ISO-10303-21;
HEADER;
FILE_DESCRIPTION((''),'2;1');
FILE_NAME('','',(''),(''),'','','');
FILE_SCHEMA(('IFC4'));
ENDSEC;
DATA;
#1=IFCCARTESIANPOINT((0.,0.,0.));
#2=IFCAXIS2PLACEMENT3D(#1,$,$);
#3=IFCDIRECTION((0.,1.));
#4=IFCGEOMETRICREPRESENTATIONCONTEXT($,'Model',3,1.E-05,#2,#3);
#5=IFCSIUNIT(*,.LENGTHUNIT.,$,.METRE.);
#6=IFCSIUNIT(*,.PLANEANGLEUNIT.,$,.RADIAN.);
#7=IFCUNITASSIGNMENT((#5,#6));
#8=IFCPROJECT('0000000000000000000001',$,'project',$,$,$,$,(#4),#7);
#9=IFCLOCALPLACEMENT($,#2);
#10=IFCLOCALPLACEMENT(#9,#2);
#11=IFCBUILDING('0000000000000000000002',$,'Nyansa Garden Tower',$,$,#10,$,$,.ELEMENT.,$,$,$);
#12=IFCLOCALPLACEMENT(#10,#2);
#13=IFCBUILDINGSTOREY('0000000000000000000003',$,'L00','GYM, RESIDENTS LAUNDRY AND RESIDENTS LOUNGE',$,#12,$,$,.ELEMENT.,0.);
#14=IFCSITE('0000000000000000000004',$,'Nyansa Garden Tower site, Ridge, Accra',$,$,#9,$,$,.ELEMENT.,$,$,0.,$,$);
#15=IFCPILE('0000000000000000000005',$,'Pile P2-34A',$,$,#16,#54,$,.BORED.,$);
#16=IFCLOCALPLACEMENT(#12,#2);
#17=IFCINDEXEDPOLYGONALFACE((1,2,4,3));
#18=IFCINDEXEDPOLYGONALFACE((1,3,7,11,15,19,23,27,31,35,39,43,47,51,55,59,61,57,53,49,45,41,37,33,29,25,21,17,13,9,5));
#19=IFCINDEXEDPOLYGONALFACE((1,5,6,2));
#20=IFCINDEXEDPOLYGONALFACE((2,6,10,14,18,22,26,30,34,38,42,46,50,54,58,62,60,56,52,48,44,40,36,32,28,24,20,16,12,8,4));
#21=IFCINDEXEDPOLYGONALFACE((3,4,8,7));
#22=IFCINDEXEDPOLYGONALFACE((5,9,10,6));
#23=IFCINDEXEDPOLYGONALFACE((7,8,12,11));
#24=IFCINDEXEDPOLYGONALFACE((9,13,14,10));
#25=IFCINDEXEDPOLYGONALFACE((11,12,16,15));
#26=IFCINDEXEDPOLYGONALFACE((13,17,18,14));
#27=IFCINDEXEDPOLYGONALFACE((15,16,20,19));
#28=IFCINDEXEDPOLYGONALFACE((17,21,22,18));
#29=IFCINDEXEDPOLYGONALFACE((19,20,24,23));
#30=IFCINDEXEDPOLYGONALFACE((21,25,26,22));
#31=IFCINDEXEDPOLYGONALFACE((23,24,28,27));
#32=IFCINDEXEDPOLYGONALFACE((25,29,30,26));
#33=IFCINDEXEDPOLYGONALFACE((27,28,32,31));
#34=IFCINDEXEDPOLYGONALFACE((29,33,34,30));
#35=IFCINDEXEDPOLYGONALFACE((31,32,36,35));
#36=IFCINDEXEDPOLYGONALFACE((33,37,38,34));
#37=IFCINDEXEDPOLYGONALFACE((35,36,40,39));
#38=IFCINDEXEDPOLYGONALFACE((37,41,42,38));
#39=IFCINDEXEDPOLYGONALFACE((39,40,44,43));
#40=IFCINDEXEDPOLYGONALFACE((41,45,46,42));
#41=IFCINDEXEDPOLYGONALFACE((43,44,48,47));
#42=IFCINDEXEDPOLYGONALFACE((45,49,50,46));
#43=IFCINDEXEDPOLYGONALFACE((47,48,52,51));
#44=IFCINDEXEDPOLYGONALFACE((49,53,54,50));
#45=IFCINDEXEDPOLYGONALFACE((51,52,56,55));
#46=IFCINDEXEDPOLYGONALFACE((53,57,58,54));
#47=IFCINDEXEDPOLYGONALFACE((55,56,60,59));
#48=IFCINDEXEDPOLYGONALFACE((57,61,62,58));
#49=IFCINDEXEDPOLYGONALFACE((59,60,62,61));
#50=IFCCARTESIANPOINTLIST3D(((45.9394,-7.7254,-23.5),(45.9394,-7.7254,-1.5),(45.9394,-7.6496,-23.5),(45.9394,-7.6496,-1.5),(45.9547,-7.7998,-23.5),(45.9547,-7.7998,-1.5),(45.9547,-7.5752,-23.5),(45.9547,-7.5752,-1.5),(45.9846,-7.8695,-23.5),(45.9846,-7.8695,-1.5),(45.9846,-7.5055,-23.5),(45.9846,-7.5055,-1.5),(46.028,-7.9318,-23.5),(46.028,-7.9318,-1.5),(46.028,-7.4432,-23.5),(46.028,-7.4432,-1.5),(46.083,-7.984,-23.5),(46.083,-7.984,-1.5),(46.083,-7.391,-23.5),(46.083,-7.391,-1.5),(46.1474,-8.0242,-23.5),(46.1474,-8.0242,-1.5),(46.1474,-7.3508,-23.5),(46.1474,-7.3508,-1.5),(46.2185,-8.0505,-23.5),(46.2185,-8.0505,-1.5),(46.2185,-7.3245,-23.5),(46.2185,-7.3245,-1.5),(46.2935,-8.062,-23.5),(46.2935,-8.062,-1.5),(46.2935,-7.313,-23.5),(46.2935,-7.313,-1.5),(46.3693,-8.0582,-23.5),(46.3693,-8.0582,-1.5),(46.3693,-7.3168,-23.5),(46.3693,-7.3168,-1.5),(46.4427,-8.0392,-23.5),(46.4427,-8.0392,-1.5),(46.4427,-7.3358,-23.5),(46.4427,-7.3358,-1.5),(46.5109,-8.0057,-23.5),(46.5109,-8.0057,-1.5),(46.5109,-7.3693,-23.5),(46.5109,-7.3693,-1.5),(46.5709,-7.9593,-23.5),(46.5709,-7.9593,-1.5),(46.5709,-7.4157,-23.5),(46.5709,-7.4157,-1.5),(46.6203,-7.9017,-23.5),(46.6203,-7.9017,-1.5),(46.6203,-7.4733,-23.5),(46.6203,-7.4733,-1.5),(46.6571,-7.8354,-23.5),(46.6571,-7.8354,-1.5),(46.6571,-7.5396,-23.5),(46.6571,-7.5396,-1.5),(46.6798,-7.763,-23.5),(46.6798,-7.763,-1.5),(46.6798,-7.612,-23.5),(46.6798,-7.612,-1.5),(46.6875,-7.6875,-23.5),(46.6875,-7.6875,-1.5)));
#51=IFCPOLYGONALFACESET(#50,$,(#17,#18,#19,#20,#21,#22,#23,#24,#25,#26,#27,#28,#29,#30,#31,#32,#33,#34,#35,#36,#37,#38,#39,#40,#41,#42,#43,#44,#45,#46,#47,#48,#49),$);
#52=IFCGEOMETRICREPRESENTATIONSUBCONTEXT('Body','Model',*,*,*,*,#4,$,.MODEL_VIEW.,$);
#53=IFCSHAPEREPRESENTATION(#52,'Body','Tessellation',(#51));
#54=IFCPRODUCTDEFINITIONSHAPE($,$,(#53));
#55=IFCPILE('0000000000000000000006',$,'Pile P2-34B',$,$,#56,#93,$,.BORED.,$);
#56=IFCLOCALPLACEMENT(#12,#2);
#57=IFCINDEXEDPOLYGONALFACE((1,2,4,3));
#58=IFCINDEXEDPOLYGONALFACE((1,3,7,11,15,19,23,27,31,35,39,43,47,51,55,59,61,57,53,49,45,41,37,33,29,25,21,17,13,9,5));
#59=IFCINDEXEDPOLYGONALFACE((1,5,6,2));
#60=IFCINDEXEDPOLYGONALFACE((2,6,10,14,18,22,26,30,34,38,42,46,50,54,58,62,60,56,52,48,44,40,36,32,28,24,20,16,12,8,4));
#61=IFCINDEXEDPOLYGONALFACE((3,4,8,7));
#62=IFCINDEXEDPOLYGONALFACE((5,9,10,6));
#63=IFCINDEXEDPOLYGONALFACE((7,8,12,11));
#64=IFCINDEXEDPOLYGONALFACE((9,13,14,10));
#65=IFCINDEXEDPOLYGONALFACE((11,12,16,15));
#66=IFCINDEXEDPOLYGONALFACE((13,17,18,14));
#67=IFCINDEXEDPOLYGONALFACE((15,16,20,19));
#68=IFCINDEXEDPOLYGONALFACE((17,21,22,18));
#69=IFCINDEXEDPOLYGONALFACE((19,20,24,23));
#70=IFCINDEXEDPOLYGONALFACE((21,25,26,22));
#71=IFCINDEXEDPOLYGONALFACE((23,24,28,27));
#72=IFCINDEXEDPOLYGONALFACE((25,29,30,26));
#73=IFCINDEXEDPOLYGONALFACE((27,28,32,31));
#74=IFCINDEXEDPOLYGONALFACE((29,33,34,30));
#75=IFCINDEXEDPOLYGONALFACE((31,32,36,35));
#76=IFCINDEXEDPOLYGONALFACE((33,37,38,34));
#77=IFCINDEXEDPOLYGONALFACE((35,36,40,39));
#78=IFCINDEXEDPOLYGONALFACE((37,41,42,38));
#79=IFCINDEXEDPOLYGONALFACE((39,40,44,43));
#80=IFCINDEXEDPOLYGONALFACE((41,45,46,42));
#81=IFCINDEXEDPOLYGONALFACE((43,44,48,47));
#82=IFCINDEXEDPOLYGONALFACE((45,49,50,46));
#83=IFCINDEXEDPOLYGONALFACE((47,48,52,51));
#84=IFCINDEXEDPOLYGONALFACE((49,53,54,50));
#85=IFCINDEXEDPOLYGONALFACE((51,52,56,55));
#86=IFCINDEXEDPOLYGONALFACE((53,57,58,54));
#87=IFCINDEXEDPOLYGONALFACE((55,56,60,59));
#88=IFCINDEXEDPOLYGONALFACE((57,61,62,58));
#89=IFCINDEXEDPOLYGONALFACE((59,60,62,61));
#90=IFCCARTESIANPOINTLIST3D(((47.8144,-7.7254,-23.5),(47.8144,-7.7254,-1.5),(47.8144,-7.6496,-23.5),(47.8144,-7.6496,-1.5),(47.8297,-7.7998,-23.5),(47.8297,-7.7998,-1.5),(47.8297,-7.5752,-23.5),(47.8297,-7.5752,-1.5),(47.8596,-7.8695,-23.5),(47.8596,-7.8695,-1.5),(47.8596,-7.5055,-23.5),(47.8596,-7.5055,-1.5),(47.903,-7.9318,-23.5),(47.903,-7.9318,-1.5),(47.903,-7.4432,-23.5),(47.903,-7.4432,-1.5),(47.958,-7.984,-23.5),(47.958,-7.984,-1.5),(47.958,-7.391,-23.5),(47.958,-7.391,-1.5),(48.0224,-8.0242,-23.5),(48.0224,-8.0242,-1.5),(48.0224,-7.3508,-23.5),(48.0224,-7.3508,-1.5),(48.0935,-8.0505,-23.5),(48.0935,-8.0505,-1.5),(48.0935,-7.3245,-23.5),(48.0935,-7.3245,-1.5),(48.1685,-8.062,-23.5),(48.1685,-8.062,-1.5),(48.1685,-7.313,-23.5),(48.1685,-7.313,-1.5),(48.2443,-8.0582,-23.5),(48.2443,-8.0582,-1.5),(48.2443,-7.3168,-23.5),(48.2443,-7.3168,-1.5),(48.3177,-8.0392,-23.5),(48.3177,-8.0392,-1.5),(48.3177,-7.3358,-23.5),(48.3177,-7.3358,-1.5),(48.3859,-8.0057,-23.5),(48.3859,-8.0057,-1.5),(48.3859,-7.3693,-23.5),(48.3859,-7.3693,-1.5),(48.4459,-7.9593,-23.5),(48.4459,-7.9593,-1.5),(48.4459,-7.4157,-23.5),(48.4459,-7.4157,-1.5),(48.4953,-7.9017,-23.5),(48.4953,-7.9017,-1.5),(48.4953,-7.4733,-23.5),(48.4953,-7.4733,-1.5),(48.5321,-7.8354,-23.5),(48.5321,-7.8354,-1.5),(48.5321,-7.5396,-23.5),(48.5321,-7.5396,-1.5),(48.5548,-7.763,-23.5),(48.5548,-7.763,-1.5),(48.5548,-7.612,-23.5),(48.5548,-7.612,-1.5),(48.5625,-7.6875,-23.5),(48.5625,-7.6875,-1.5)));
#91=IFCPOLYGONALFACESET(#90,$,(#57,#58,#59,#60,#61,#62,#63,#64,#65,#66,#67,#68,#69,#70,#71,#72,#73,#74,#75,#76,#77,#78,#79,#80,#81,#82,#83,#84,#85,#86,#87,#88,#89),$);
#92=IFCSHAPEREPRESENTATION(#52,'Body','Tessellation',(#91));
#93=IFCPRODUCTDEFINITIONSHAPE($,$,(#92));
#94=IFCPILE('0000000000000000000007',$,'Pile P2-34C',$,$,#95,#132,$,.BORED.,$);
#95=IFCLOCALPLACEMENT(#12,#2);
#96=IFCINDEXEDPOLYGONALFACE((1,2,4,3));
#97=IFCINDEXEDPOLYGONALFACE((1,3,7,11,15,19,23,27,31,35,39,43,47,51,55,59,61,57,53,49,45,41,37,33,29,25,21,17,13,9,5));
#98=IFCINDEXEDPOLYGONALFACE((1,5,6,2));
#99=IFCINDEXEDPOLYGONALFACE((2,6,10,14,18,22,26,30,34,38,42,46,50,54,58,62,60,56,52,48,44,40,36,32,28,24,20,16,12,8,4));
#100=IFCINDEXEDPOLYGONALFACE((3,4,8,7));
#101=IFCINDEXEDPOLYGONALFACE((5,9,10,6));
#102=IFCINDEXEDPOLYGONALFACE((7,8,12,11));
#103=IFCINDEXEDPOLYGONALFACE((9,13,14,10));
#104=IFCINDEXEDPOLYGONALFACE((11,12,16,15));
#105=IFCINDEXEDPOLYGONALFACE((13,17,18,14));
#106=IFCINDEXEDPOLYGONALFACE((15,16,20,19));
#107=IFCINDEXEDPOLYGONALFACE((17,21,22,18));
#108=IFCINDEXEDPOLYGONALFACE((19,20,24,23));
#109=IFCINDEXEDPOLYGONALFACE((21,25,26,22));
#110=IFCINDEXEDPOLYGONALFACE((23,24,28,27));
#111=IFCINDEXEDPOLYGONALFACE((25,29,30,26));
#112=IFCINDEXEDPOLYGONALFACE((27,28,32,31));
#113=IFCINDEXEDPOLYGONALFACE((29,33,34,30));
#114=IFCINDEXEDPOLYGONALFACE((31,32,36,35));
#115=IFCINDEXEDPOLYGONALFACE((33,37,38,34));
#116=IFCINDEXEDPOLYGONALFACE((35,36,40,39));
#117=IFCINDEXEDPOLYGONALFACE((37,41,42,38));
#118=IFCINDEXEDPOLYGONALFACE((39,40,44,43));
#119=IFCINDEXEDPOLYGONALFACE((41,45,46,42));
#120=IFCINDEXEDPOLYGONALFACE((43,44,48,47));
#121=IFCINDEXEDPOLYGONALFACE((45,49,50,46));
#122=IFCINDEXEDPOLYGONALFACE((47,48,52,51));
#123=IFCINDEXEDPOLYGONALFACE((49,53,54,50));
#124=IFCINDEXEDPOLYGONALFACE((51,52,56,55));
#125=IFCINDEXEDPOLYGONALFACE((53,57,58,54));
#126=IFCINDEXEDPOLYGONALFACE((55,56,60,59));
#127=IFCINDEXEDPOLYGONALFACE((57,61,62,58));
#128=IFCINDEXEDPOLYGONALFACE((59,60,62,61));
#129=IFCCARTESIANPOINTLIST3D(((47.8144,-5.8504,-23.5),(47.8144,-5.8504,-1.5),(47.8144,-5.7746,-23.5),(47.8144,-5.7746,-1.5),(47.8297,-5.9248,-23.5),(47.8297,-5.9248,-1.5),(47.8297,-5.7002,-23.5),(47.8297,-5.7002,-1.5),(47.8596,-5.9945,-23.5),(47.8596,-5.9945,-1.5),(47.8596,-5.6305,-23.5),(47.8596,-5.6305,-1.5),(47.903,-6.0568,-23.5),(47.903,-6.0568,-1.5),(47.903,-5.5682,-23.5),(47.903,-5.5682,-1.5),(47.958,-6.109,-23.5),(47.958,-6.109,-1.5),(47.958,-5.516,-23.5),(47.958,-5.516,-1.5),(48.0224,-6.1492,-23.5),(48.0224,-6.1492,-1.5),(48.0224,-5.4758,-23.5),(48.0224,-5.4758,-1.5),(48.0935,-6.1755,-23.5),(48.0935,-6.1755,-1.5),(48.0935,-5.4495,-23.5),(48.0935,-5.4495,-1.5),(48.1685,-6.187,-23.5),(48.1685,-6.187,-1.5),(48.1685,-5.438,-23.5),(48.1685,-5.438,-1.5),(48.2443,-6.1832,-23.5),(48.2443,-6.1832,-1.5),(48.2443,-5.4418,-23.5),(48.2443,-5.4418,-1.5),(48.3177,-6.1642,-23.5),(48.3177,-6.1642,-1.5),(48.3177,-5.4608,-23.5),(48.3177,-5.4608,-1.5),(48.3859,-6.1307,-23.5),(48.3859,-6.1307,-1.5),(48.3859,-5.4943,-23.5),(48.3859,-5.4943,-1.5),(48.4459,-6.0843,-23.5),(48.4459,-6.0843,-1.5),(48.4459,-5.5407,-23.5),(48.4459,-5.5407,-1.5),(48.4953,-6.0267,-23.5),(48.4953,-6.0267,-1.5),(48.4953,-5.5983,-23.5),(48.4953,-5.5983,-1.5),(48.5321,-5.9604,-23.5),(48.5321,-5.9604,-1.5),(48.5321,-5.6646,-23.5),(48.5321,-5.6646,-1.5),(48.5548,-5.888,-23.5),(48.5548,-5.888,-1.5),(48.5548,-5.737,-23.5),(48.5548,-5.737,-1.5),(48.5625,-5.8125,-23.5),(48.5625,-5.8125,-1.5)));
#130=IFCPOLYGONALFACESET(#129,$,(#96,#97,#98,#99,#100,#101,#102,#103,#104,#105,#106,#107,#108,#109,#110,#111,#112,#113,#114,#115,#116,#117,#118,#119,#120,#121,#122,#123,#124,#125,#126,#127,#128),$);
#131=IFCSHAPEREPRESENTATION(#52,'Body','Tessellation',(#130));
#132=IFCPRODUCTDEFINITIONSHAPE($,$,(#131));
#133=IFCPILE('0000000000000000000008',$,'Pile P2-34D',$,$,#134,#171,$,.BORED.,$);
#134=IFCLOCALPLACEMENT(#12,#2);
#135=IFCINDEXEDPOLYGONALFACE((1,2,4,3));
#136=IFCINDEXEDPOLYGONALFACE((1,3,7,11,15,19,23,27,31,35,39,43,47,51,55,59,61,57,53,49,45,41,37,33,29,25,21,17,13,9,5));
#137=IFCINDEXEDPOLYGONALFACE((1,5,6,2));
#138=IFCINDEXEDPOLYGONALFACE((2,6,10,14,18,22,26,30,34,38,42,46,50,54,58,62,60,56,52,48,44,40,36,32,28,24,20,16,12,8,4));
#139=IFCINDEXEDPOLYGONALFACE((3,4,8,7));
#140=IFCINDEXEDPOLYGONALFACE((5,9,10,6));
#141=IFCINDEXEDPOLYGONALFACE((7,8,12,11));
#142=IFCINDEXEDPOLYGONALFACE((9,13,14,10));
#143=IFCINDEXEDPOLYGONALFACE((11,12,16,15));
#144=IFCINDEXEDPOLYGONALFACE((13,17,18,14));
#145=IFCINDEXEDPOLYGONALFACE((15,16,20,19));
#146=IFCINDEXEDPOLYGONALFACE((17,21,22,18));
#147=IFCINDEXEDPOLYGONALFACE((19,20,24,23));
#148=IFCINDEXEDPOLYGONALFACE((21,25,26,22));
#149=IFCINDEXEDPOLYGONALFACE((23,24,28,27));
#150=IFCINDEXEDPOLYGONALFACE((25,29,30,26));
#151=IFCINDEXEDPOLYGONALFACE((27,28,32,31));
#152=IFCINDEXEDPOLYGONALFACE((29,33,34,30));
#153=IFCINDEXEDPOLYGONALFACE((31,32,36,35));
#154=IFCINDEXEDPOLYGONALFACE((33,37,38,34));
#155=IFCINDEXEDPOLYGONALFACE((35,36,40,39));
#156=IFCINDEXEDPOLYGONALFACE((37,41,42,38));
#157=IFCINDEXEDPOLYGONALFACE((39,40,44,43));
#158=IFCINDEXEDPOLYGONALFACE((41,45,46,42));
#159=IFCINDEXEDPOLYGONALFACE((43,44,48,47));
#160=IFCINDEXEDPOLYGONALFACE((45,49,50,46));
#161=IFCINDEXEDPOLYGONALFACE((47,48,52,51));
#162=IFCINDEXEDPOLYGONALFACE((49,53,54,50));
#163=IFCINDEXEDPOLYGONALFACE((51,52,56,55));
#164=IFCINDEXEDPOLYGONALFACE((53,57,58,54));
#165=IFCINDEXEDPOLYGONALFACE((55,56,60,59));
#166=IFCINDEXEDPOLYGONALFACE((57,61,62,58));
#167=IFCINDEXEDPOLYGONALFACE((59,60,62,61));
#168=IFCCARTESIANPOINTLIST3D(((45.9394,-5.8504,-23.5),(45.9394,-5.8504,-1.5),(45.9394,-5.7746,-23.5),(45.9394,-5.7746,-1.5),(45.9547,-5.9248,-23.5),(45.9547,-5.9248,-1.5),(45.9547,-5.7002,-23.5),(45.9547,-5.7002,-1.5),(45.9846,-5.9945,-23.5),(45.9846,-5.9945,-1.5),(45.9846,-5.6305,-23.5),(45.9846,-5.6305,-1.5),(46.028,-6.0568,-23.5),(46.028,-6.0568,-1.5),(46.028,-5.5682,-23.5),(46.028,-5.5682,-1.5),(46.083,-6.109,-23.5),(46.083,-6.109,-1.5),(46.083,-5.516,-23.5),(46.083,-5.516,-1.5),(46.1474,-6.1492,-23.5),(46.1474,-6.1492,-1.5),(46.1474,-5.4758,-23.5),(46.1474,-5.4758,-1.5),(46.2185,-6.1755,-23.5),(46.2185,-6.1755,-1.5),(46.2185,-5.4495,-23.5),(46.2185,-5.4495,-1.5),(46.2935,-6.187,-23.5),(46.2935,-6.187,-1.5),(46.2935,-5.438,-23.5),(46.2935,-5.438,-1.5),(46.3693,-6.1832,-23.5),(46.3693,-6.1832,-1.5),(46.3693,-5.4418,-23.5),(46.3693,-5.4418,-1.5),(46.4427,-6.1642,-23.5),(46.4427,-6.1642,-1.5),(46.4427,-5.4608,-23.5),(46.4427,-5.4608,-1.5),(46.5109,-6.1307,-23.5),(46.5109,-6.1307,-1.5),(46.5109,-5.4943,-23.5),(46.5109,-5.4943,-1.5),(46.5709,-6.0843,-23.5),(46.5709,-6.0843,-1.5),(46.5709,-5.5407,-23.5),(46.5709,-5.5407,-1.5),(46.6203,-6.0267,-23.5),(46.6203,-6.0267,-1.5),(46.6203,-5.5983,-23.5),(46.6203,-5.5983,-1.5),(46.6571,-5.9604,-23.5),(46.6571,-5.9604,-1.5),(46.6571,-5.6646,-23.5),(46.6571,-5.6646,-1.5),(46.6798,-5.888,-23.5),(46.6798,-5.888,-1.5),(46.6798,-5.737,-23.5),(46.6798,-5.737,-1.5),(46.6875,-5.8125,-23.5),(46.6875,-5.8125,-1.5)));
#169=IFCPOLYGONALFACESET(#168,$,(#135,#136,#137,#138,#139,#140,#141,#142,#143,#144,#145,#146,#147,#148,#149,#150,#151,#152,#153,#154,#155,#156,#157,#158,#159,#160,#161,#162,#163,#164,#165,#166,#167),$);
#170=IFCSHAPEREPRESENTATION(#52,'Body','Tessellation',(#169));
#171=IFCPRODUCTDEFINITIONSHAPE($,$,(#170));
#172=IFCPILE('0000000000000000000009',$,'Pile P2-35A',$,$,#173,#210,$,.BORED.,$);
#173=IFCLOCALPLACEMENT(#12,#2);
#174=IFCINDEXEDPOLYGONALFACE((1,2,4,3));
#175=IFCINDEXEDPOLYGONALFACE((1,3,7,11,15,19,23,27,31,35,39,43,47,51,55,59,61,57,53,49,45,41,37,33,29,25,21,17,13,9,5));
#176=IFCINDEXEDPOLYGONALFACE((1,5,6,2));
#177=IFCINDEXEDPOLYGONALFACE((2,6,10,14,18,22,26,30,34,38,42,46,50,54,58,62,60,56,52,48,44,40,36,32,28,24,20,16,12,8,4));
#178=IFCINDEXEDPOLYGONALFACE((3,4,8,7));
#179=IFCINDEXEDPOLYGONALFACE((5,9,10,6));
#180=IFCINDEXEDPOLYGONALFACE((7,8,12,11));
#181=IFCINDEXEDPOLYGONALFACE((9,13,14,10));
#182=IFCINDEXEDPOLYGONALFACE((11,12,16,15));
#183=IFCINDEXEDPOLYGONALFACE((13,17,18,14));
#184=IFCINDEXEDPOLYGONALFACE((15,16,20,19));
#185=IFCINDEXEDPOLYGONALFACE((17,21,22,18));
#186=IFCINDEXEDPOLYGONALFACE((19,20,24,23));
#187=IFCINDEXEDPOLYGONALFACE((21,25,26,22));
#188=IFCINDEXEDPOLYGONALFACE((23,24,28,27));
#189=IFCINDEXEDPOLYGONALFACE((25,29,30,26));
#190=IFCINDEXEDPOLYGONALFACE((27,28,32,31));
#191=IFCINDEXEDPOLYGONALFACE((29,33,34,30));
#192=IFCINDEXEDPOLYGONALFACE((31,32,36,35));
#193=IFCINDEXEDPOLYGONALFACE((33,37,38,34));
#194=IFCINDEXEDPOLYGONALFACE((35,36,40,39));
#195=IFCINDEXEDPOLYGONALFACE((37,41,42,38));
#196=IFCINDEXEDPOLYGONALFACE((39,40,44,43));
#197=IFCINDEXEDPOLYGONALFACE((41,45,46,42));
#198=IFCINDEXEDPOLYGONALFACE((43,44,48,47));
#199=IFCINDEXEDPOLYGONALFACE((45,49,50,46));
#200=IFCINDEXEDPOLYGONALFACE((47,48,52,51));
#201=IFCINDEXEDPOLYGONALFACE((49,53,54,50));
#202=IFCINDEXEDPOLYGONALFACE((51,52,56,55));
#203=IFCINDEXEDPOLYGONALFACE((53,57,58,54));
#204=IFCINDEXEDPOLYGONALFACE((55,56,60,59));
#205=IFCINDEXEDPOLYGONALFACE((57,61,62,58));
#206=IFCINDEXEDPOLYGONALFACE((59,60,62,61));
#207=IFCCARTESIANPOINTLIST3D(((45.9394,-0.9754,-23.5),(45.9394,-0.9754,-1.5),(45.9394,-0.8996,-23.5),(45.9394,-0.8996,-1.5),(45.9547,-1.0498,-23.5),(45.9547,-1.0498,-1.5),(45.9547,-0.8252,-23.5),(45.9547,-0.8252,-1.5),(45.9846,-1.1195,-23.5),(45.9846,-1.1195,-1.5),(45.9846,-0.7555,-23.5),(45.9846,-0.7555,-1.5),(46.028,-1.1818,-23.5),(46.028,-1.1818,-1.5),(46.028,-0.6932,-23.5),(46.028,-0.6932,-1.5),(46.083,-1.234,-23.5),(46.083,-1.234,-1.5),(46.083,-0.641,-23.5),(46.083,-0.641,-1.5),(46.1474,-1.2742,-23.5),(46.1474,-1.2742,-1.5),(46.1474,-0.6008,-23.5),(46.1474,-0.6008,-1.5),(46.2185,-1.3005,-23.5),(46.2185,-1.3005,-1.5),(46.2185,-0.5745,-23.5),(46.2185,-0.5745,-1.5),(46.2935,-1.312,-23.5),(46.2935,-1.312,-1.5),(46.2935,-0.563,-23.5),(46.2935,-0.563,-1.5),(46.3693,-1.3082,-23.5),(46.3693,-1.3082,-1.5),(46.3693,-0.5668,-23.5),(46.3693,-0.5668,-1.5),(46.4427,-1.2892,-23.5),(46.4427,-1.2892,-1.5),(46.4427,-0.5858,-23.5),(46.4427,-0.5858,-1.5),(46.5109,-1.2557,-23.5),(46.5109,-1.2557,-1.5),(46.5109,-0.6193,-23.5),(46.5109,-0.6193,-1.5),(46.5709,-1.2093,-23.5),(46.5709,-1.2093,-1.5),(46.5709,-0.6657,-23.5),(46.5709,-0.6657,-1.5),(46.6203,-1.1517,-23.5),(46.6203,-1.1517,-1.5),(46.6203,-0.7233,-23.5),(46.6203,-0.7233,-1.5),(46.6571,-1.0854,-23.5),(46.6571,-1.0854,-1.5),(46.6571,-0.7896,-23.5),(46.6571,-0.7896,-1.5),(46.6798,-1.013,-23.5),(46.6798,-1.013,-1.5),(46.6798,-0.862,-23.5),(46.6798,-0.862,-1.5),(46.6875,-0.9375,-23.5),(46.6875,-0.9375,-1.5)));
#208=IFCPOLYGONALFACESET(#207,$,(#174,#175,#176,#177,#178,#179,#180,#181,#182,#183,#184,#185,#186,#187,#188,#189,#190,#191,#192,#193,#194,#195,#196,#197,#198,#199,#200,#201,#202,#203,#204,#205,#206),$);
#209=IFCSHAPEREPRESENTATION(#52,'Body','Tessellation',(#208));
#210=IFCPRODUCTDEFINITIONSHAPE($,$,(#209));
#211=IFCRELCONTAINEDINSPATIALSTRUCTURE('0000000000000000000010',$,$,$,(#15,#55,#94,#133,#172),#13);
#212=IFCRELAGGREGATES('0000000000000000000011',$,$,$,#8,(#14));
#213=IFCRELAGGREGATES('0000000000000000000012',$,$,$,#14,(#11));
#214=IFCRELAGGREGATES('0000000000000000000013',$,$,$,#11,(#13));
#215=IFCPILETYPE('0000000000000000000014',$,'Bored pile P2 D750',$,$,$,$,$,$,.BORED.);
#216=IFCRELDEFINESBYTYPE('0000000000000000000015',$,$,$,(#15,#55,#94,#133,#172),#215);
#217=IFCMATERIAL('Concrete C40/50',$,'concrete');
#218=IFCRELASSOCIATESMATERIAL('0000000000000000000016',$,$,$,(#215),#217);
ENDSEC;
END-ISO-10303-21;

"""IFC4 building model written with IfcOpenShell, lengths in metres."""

from ifc_helpers import new_model, si_unit, direction, frame, origin, origin_2d, place, context, subcontext, project, spatial, circle, extrude, material, type_object, element, save


model = new_model("IFC4")

# Units and contexts
model_context = context("Model", 3, precision=1e-05, world=origin(), true_north=direction((0.0, 1.0)))
body_context = subcontext(model_context, "Body", "Model", "MODEL_VIEW")
ifc_project = project(units=[si_unit("LENGTHUNIT", "METRE"), si_unit("PLANEANGLEUNIT", "RADIAN")], contexts=[model_context])

# Site, building, storey
site_placement = place(None, origin())
site = spatial("IfcSite", under=ifc_project, at=site_placement, Name="Nyansa Garden Tower site, Ridge, Accra", CompositionType="ELEMENT", RefElevation=0.0)
building_placement = place(site_placement, origin())
building = spatial("IfcBuilding", under=site, at=building_placement, Name="Nyansa Garden Tower", CompositionType="ELEMENT")
storey_placement = place(building_placement, origin())
storey = spatial("IfcBuildingStorey", under=building, at=storey_placement, Name="L00", Description="GYM, RESIDENTS LAUNDRY AND RESIDENTS LOUNGE", CompositionType="ELEMENT", Elevation=0.0)

# Piles
ifc_material_1 = material(Name="Concrete C40/50", Category="concrete")
pile_type = type_object("IfcPileType", Name="Bored pile P2 D750", PredefinedType="BORED", material=ifc_material_1)
for number, where, z_axis, x_axis, name in (
    (1, (46.3125, -7.6875, -1.5), (0.0, 0.0, -1.0), (1.0, 0.0, 0.0), "Pile P2-34A"),
    (2, (48.1875, -7.6875, -1.5), (0.0, 0.0, -1.0), (1.0, 0.0, 0.0), "Pile P2-34B"),
    (3, (48.1875, -5.8125, -1.5), (0.0, 0.0, -1.0), (1.0, 0.0, 0.0), "Pile P2-34C"),
    (4, (46.3125, -5.8125, -1.5), (0.0, 0.0, -1.0), (1.0, 0.0, 0.0), "Pile P2-34D"),
    (5, (46.3125, -0.9375, -1.5), (0.0, 0.0, -1.0), (1.0, 0.0, 0.0), "Pile P2-35A"),
):
    element("IfcPile", number, at=place(storey_placement, frame(where, z_axis=z_axis, x_axis=x_axis)), inside=storey, type_object=pile_type, Name=name, PredefinedType="BORED", context=body_context, shape_type="SweptSolid", body=[
        extrude(circle(Radius=0.375, at=origin_2d()), origin(), (0.0, 0.0, 1.0), 22.0),
    ])

save(model, "model.ifc")
